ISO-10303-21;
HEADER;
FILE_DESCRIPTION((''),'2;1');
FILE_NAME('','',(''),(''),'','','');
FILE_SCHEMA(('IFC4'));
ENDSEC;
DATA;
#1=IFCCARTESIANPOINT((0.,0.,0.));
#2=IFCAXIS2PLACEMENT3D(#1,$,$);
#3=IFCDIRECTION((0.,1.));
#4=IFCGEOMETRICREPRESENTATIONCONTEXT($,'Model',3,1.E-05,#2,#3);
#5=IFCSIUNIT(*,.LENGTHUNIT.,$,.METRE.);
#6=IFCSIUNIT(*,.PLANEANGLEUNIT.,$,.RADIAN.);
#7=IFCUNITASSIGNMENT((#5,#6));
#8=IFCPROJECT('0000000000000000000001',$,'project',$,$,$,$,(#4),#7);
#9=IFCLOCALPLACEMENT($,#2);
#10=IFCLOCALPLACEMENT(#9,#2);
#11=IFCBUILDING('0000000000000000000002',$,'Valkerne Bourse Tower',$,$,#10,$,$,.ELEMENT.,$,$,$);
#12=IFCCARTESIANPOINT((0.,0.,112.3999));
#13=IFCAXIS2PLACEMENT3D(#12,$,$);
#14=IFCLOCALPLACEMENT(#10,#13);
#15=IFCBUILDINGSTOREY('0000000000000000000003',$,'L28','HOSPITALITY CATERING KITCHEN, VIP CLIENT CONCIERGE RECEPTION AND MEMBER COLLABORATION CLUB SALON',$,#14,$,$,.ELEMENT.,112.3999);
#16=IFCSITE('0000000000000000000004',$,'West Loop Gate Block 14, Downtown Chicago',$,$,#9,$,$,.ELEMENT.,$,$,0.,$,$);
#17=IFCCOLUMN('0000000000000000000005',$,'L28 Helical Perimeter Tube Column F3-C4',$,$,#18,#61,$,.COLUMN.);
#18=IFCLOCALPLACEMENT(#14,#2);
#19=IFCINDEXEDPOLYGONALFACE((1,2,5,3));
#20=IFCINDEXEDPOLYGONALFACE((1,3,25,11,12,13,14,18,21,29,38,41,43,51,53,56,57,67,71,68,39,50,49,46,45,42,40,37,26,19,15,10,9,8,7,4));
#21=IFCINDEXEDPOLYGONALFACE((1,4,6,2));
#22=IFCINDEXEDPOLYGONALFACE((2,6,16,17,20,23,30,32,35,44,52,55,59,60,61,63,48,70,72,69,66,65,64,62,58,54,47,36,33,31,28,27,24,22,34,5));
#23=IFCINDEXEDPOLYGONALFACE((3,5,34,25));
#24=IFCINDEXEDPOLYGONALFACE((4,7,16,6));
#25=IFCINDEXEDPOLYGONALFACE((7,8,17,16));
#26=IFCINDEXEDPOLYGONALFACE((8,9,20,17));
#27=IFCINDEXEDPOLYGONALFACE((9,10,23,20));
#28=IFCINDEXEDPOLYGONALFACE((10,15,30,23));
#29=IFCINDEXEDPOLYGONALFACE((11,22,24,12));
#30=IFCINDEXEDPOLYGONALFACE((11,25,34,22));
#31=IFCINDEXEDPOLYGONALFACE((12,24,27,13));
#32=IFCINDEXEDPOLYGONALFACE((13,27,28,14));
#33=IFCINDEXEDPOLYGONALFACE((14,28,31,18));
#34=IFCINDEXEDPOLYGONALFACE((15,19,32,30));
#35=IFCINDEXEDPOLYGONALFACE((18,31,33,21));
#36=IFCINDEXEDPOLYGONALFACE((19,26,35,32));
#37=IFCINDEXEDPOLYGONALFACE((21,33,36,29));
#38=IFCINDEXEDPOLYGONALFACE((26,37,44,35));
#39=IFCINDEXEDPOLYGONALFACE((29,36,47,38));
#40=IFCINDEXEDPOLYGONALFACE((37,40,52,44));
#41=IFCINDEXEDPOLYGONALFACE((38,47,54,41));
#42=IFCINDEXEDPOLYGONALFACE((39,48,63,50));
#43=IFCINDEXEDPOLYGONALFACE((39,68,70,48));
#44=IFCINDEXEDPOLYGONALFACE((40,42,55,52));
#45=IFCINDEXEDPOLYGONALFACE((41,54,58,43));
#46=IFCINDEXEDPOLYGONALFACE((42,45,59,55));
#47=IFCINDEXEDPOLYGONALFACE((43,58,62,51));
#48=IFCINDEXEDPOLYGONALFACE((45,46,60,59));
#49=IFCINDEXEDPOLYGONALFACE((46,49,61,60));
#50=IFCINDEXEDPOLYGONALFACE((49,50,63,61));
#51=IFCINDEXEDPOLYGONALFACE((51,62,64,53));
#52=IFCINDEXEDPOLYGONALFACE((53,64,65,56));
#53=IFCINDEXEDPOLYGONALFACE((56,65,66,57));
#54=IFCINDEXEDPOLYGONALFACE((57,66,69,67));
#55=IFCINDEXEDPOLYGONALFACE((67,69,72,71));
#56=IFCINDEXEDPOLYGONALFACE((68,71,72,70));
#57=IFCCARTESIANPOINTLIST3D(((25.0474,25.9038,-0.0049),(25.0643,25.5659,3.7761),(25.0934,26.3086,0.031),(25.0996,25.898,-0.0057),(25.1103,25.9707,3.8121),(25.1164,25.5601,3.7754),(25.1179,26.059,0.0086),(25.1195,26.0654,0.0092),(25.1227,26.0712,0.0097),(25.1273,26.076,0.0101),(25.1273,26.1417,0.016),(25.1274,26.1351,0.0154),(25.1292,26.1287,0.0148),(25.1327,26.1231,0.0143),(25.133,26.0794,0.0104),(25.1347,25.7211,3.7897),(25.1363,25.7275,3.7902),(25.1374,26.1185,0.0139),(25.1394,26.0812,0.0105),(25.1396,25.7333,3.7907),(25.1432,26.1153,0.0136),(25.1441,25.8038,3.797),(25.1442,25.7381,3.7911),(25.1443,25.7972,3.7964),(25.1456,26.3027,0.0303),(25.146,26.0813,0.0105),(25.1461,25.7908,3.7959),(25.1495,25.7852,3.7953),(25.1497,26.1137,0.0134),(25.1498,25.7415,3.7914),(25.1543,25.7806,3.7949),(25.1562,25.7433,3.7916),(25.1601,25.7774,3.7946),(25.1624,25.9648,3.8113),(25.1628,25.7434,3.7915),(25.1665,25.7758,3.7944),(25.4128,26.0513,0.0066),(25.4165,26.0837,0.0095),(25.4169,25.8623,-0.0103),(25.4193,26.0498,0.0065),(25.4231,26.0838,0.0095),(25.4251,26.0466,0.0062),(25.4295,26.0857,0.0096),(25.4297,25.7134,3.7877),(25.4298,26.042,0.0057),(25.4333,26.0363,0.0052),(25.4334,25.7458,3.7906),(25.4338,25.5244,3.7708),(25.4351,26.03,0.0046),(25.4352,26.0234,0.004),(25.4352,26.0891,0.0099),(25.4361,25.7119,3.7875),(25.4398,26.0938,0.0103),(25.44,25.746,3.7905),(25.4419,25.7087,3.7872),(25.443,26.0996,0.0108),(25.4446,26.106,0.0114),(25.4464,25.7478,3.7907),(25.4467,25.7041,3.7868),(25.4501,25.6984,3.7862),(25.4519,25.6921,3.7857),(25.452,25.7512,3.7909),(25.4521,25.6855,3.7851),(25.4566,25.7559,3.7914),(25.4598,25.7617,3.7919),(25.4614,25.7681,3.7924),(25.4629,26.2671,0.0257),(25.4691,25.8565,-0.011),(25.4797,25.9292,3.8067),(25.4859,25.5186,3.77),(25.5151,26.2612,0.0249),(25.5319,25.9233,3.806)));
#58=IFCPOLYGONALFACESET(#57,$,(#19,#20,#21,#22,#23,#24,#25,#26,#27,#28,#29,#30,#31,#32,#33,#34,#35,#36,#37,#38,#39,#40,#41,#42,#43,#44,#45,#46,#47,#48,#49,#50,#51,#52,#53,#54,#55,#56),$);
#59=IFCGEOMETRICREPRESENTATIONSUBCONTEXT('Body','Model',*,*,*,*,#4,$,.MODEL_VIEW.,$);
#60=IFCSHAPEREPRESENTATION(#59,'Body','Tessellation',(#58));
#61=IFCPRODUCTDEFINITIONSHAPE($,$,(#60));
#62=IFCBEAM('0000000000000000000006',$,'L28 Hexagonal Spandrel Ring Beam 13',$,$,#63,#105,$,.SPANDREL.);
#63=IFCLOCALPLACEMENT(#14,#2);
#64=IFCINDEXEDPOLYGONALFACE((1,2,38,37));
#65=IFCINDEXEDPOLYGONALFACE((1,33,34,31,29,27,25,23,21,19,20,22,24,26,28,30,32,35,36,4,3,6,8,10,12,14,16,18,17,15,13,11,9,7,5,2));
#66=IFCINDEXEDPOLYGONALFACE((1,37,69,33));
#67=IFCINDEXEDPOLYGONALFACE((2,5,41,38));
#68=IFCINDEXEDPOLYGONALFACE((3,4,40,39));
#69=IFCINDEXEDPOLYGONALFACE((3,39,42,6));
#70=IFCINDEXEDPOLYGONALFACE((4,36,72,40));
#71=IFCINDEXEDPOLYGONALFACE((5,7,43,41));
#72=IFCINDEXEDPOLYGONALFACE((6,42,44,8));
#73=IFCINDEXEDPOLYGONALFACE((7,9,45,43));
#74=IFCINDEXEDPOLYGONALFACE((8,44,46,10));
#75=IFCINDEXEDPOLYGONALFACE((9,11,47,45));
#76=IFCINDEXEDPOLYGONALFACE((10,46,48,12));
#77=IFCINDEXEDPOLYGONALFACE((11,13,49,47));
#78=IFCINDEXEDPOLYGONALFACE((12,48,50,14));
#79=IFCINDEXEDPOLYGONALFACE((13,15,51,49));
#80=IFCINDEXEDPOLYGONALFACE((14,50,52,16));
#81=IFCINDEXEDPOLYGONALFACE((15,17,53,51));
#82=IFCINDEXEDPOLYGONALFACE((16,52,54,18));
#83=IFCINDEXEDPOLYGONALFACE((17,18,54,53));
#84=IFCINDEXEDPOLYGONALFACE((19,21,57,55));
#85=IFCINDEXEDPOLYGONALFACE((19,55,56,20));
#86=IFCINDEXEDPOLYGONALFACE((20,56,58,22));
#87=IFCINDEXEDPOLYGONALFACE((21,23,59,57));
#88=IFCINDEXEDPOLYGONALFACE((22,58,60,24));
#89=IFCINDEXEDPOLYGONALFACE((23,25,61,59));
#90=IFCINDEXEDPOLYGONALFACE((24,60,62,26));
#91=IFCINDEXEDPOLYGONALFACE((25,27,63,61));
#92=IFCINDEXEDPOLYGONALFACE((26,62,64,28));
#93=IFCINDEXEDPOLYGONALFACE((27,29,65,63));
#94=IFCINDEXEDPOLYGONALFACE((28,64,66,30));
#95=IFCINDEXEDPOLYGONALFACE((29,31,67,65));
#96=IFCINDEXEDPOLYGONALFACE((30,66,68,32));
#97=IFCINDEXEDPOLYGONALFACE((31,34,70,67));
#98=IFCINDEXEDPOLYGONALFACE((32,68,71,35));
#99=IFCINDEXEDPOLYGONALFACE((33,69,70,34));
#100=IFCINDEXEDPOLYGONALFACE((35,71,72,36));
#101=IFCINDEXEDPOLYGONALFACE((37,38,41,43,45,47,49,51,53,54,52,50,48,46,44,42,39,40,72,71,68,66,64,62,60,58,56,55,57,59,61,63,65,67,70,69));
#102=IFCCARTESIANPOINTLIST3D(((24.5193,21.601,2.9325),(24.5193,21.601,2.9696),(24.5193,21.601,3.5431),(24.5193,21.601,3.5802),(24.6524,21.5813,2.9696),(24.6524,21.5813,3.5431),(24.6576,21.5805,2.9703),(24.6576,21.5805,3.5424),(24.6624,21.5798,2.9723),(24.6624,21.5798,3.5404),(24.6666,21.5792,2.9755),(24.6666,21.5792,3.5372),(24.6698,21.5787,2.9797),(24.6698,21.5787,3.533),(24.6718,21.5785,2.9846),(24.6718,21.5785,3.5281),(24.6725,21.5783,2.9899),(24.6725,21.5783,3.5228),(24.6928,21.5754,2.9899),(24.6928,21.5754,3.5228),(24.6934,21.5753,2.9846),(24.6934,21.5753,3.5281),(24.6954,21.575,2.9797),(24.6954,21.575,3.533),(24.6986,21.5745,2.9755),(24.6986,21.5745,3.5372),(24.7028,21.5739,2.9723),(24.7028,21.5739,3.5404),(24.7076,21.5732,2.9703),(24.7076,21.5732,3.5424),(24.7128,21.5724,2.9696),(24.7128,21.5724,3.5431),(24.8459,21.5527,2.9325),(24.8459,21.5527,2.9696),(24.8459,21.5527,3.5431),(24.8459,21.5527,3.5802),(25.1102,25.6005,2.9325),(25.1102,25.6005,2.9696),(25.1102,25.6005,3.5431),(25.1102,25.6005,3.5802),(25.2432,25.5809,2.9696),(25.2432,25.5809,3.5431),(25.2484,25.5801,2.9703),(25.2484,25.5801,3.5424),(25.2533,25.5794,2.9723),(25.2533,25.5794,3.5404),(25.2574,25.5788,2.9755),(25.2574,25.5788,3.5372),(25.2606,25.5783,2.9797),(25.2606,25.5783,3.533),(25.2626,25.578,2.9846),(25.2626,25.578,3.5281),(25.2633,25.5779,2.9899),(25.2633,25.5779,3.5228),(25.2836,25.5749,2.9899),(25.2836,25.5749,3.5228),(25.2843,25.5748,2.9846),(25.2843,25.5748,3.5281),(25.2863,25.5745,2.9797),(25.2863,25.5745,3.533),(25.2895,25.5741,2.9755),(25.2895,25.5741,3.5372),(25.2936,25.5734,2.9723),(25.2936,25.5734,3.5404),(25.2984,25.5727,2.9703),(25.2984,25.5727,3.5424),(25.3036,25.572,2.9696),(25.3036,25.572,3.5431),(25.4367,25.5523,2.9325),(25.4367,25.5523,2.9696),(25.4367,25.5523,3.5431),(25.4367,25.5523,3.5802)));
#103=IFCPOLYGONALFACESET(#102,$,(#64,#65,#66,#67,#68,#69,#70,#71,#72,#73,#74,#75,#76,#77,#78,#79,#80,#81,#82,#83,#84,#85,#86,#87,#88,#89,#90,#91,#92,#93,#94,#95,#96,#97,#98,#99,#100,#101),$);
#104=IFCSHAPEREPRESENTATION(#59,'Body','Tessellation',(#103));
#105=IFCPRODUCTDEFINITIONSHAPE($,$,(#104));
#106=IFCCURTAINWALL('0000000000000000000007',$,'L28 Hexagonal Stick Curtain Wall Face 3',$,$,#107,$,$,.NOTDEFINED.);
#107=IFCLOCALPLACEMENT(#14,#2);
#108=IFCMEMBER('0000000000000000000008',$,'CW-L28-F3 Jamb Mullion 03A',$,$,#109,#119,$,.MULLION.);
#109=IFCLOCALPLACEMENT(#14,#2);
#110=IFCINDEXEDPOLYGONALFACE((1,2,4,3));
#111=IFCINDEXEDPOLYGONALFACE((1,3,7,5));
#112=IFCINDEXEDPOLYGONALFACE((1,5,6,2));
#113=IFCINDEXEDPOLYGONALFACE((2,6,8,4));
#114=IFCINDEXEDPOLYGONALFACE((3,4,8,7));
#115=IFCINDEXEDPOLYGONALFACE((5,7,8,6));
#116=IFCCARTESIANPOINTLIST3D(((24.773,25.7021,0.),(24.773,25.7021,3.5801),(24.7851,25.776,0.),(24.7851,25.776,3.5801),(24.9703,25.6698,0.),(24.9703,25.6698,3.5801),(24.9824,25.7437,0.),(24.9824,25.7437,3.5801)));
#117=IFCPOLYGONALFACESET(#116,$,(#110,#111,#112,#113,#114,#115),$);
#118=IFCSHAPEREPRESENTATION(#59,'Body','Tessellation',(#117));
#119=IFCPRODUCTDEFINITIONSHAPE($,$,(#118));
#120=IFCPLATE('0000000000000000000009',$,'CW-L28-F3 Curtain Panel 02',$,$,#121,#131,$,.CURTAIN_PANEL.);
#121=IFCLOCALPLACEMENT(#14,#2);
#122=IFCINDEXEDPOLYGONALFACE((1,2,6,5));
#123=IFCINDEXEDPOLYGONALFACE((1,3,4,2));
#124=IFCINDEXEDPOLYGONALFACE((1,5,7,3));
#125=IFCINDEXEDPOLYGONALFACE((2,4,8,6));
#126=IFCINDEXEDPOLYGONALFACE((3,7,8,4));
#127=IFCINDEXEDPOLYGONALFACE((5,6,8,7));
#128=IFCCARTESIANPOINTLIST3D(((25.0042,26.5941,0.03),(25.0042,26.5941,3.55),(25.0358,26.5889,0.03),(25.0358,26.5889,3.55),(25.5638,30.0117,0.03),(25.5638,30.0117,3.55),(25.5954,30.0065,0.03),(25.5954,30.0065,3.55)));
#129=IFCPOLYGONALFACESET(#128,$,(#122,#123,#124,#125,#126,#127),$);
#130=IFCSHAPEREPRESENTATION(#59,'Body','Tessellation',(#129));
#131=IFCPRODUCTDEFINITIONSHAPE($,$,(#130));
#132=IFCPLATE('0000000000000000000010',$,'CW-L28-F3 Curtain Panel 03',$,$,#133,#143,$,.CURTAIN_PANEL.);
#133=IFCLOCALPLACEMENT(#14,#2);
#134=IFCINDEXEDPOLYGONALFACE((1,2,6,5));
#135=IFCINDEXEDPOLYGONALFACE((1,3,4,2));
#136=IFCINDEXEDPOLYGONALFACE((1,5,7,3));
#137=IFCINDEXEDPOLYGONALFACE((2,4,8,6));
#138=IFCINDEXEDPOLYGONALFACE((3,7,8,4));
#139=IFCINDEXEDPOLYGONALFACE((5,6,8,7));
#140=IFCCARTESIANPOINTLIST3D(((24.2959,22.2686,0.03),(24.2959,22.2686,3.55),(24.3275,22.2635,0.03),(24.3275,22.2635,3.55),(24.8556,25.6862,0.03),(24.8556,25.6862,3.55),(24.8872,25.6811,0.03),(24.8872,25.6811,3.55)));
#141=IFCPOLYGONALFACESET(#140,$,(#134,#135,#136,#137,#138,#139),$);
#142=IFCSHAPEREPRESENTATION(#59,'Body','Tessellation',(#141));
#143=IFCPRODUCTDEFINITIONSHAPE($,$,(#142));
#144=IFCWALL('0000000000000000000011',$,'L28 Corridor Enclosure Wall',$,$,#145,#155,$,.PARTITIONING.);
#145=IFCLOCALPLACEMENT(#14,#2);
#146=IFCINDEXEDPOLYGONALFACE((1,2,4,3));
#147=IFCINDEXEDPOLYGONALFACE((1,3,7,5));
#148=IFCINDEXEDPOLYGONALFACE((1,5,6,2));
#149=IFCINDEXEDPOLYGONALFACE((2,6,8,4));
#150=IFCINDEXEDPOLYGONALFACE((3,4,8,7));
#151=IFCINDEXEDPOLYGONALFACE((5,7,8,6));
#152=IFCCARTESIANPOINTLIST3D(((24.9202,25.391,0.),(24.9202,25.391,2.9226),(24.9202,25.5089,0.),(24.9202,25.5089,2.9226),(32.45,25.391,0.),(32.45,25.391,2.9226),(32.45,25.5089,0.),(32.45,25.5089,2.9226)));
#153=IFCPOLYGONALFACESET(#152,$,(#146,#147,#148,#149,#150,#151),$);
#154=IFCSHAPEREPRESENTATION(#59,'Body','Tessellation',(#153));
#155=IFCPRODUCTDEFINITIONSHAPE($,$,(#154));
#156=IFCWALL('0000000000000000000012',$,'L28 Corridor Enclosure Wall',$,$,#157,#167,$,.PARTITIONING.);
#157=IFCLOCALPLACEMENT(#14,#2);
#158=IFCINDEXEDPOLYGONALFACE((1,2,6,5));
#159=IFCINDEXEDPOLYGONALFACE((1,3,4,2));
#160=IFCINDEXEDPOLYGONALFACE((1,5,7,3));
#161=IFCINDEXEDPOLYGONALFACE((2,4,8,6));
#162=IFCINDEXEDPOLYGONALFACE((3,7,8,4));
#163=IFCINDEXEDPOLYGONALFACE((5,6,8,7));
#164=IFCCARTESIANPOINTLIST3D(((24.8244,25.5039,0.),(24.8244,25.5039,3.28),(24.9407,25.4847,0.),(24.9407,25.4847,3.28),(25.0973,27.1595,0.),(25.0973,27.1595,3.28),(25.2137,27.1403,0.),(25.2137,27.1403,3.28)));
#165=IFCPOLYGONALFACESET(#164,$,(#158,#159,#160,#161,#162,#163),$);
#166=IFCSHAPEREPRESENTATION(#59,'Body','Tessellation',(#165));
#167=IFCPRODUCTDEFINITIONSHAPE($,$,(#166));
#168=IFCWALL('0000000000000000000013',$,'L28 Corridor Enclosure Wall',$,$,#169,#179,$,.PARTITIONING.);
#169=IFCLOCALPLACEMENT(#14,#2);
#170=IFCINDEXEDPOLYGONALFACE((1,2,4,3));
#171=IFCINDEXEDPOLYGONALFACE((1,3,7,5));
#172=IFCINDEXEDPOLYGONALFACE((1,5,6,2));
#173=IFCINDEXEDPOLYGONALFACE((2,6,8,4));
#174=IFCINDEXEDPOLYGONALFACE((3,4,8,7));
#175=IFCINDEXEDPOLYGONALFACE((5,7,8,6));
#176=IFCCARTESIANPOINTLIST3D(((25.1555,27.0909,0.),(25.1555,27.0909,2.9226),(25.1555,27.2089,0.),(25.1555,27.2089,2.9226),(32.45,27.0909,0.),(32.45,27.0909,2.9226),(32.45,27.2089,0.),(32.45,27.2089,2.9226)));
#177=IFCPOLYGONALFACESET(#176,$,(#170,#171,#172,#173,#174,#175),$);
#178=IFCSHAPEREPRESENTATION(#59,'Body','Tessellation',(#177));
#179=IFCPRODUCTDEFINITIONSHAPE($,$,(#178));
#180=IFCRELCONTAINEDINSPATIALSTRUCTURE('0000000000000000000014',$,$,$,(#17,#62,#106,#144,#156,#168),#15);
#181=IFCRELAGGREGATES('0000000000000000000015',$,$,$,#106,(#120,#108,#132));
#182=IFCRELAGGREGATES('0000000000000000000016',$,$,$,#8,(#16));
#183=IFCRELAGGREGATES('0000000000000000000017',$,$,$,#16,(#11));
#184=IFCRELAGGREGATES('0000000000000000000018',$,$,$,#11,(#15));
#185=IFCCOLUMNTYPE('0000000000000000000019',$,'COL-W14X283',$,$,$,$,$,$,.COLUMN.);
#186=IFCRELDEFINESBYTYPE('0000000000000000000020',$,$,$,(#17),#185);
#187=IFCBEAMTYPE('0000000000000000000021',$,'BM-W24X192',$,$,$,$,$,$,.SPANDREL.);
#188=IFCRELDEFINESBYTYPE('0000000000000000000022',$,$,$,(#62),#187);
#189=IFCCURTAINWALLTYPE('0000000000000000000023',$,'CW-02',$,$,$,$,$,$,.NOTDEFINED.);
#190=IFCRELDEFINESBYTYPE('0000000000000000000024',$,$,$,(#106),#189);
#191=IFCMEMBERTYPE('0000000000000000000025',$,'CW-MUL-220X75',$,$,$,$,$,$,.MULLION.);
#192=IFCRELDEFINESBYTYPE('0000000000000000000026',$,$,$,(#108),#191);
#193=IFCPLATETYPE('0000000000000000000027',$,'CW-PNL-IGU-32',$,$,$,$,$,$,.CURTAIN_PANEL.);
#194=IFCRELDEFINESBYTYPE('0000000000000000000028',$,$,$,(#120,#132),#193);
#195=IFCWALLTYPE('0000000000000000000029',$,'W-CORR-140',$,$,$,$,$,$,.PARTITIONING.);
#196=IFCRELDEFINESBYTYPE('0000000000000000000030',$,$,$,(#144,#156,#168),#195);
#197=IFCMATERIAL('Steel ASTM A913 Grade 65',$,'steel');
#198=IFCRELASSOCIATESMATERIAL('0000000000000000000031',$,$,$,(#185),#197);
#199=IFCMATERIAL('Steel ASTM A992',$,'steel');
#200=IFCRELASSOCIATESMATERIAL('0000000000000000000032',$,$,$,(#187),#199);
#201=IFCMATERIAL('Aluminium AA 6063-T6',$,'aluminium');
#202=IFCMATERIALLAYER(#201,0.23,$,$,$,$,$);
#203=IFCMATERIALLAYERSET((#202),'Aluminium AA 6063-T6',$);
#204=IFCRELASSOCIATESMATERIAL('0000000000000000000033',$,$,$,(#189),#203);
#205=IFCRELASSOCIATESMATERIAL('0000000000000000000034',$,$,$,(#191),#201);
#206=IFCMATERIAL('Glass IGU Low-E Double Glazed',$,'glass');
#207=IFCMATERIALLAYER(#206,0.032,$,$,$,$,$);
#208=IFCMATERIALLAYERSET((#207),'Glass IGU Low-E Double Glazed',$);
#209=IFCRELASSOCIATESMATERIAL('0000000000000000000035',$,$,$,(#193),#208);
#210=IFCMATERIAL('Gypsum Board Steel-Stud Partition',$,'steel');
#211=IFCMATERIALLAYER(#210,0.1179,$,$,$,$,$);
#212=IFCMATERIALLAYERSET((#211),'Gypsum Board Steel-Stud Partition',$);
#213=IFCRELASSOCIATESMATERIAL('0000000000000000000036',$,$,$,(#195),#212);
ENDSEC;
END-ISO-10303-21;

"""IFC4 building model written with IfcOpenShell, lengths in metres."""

from ifc_helpers import new_model, si_unit, direction, frame, frame_2d, origin, origin_2d, place, context, subcontext, project, spatial, rectangle, i_section, extrude, material, layer, layer_set, material_profile, profile_set, type_object, element, aggregate, save


model = new_model("IFC4")

# Units and contexts
model_context = context("Model", 3, precision=1e-05, world=origin(), true_north=direction((0.0, 1.0)))
body_context = subcontext(model_context, "Body", "Model", "MODEL_VIEW")
ifc_project = project(units=[si_unit("LENGTHUNIT", "METRE"), si_unit("PLANEANGLEUNIT", "RADIAN")], contexts=[model_context])

# Site, building, storey
site_placement = place(None, origin())
site = spatial("IfcSite", under=ifc_project, at=site_placement, Name="West Loop Gate Block 14, Downtown Chicago", CompositionType="ELEMENT", RefElevation=0.0)
building_placement = place(site_placement, origin())
building = spatial("IfcBuilding", under=site, at=building_placement, Name="Valkerne Bourse Tower", CompositionType="ELEMENT")
storey_placement = place(building_placement, frame((0.0, 0.0, 112.3999)))
storey = spatial("IfcBuildingStorey", under=building, at=storey_placement, Name="L28", Description="HOSPITALITY CATERING KITCHEN, VIP CLIENT CONCIERGE RECEPTION AND MEMBER COLLABORATION CLUB SALON", CompositionType="ELEMENT", Elevation=112.3999)

# Column
ifc_material_1 = material(Name="Steel ASTM A913 Grade 65", Category="steel")
ifc_material_profile_1 = material_profile(ifc_material_1, i_section(OverallWidth=0.4089, OverallDepth=0.4243, WebThickness=0.0327, FlangeThickness=0.0525, FilletRadius=0.0254, at=origin_2d()), Name="W14X283")
ifc_profile_set_1 = profile_set([ifc_material_profile_1], Name="Steel ASTM A913 Grade 65")
column_type = type_object("IfcColumnType", Name="COL-W14X283", PredefinedType="COLUMN", material=ifc_profile_set_1)
column_placement = place(storey_placement, frame((25.2812, 26.0825, 0.01), z_axis=(0.004438, -0.08901, 0.996021), x_axis=(-0.11246, -0.989756, -0.087949)))
element("IfcColumn", 1, at=column_placement, inside=storey, type_object=column_type, Name="L28 Helical Perimeter Tube Column F3-C4", PredefinedType="COLUMN", context=body_context, shape_type="SweptSolid", body=[
    extrude(i_section(OverallWidth=0.4089, OverallDepth=0.4243, WebThickness=0.0327, FlangeThickness=0.0525, FilletRadius=0.0254, at=origin_2d()), origin(), (0.0, 0.0, 1.0), 3.7961),
])

# Beam
ifc_material_2 = material(Name="Steel ASTM A992", Category="steel")
ifc_material_profile_2 = material_profile(ifc_material_2, i_section(OverallWidth=0.3301, OverallDepth=0.6477, WebThickness=0.0205, FlangeThickness=0.0371, FilletRadius=0.0203, at=origin_2d()), Name="W24X192")
ifc_profile_set_2 = profile_set([ifc_material_profile_2], Name="Steel ASTM A992")
beam_type = type_object("IfcBeamType", Name="BM-W24X192", PredefinedType="SPANDREL", material=ifc_profile_set_2)
beam_placement = place(storey_placement, frame((25.2734, 25.5764, 3.2563), z_axis=(-0.146137, -0.989264, 0.0), x_axis=(0.989264, -0.146137, 0.0)))
element("IfcBeam", 2, at=beam_placement, inside=storey, type_object=beam_type, Name="L28 Hexagonal Spandrel Ring Beam 13", PredefinedType="SPANDREL", context=body_context, shape_type="SweptSolid", body=[
    extrude(i_section(OverallWidth=0.3301, OverallDepth=0.6477, WebThickness=0.0205, FlangeThickness=0.0371, FilletRadius=0.0203, at=origin_2d()), origin(), (0.0, 0.0, 1.0), 4.043),
])

# Curtain wall, member, plates
ifc_material_3 = material(Name="Aluminium AA 6063-T6", Category="aluminium")
ifc_layer_1 = layer(ifc_material_3, 0.23)
ifc_layer_set_1 = layer_set([ifc_layer_1], Name="Aluminium AA 6063-T6")
curtain_wall_type = type_object("IfcCurtainWallType", Name="CW-02", PredefinedType="NOTDEFINED", material=ifc_layer_set_1)
curtain_wall_placement = place(storey_placement, origin())
curtain_wall = element("IfcCurtainWall", 3, at=curtain_wall_placement, inside=storey, type_object=curtain_wall_type, Name="L28 Hexagonal Stick Curtain Wall Face 3", PredefinedType="NOTDEFINED")
ifc_material_profile_3 = material_profile(ifc_material_3, rectangle(XDim=0.075, YDim=0.2, at=origin_2d()), Name="CWM-75X200")
ifc_profile_set_3 = profile_set([ifc_material_profile_3], Name="Aluminium AA 6063-T6")
member_type = type_object("IfcMemberType", Name="CW-MUL-220X75", PredefinedType="MULLION", material=ifc_profile_set_3)
member_placement = place(storey_placement, frame((24.8777, 25.7229, 0.0), z_axis=(0.0, 0.0, 1.0), x_axis=(-0.161624, -0.986852, 0.0)))
member = element("IfcMember", 4, at=member_placement, type_object=member_type, Name="CW-L28-F3 Jamb Mullion 03A", PredefinedType="MULLION", context=body_context, shape_type="SweptSolid", body=[
    extrude(rectangle(XDim=0.075, YDim=0.2, at=origin_2d()), origin(), (0.0, 0.0, 1.0), 3.5801),
])
ifc_material_4 = material(Name="Glass IGU Low-E Double Glazed", Category="glass")
ifc_layer_2 = layer(ifc_material_4, 0.032)
ifc_layer_set_2 = layer_set([ifc_layer_2], Name="Glass IGU Low-E Double Glazed")
plate_type = type_object("IfcPlateType", Name="CW-PNL-IGU-32", PredefinedType="CURTAIN_PANEL", material=ifc_layer_set_2)
plate_1_placement = place(storey_placement, frame((25.2998, 28.3003, 0.03), z_axis=(0.0, 0.0, 1.0), x_axis=(-0.161601, -0.986856, 0.0)))
plate_1 = element("IfcPlate", 5, at=plate_1_placement, type_object=plate_type, Name="CW-L28-F3 Curtain Panel 02", PredefinedType="CURTAIN_PANEL", context=body_context, shape_type="SweptSolid", body=[
    extrude(rectangle(XDim=3.4631, YDim=0.032, at=origin_2d()), origin(), (0.0, 0.0, 1.0), 3.52),
])
plate_2_placement = place(storey_placement, frame((24.5916, 23.9749, 0.03), z_axis=(0.0, 0.0, 1.0), x_axis=(-0.161624, -0.986852, 0.0)))
plate_2 = element("IfcPlate", 6, at=plate_2_placement, type_object=plate_type, Name="CW-L28-F3 Curtain Panel 03", PredefinedType="CURTAIN_PANEL", context=body_context, shape_type="SweptSolid", body=[
    extrude(rectangle(XDim=3.4631, YDim=0.032, at=origin_2d()), origin(), (0.0, 0.0, 1.0), 3.52),
])
aggregate(curtain_wall, [plate_1, member, plate_2])

# Walls
ifc_material_5 = material(Name="Gypsum Board Steel-Stud Partition", Category="steel")
ifc_layer_3 = layer(ifc_material_5, 0.1179)
ifc_layer_set_3 = layer_set([ifc_layer_3], Name="Gypsum Board Steel-Stud Partition")
wall_type_1 = type_object("IfcWallType", Name="W-CORR-140", PredefinedType="PARTITIONING", material=ifc_layer_set_3)
wall_1_placement = place(storey_placement, frame((32.45, 25.45, 0.0), z_axis=(0.0, 0.0, 1.0), x_axis=(-1.0, 0.0, 0.0)))
element("IfcWall", 7, at=wall_1_placement, inside=storey, type_object=wall_type_1, Name="L28 Corridor Enclosure Wall", PredefinedType="PARTITIONING", context=body_context, shape_type="SweptSolid", body=[
    extrude(rectangle(XDim=7.5298, YDim=0.1179, at=frame_2d((3.7649, 0.0))), origin(), (0.0, 0.0, 1.0), 2.9226),
])
wall_2_placement = place(storey_placement, frame((24.8826, 25.4944, 0.0), z_axis=(0.0, 0.0, 1.0), x_axis=(0.162676, 0.98668, 0.0)))
element("IfcWall", 8, at=wall_2_placement, inside=storey, type_object=wall_type_1, Name="L28 Corridor Enclosure Wall", PredefinedType="PARTITIONING", context=body_context, shape_type="SweptSolid", body=[
    extrude(rectangle(XDim=1.678, YDim=0.1179, at=frame_2d((0.8389, 0.0))), origin(), (0.0, 0.0, 1.0), 3.28),
])
wall_3_placement = place(storey_placement, frame((25.1555, 27.1499, 0.0), z_axis=(0.0, 0.0, 1.0), x_axis=(1.0, 0.0, 0.0)))
element("IfcWall", 9, at=wall_3_placement, inside=storey, type_object=wall_type_1, Name="L28 Corridor Enclosure Wall", PredefinedType="PARTITIONING", context=body_context, shape_type="SweptSolid", body=[
    extrude(rectangle(XDim=7.2944, YDim=0.1179, at=frame_2d((3.6472, 0.0))), origin(), (0.0, 0.0, 1.0), 2.9226),
])

save(model, "model.ifc")
